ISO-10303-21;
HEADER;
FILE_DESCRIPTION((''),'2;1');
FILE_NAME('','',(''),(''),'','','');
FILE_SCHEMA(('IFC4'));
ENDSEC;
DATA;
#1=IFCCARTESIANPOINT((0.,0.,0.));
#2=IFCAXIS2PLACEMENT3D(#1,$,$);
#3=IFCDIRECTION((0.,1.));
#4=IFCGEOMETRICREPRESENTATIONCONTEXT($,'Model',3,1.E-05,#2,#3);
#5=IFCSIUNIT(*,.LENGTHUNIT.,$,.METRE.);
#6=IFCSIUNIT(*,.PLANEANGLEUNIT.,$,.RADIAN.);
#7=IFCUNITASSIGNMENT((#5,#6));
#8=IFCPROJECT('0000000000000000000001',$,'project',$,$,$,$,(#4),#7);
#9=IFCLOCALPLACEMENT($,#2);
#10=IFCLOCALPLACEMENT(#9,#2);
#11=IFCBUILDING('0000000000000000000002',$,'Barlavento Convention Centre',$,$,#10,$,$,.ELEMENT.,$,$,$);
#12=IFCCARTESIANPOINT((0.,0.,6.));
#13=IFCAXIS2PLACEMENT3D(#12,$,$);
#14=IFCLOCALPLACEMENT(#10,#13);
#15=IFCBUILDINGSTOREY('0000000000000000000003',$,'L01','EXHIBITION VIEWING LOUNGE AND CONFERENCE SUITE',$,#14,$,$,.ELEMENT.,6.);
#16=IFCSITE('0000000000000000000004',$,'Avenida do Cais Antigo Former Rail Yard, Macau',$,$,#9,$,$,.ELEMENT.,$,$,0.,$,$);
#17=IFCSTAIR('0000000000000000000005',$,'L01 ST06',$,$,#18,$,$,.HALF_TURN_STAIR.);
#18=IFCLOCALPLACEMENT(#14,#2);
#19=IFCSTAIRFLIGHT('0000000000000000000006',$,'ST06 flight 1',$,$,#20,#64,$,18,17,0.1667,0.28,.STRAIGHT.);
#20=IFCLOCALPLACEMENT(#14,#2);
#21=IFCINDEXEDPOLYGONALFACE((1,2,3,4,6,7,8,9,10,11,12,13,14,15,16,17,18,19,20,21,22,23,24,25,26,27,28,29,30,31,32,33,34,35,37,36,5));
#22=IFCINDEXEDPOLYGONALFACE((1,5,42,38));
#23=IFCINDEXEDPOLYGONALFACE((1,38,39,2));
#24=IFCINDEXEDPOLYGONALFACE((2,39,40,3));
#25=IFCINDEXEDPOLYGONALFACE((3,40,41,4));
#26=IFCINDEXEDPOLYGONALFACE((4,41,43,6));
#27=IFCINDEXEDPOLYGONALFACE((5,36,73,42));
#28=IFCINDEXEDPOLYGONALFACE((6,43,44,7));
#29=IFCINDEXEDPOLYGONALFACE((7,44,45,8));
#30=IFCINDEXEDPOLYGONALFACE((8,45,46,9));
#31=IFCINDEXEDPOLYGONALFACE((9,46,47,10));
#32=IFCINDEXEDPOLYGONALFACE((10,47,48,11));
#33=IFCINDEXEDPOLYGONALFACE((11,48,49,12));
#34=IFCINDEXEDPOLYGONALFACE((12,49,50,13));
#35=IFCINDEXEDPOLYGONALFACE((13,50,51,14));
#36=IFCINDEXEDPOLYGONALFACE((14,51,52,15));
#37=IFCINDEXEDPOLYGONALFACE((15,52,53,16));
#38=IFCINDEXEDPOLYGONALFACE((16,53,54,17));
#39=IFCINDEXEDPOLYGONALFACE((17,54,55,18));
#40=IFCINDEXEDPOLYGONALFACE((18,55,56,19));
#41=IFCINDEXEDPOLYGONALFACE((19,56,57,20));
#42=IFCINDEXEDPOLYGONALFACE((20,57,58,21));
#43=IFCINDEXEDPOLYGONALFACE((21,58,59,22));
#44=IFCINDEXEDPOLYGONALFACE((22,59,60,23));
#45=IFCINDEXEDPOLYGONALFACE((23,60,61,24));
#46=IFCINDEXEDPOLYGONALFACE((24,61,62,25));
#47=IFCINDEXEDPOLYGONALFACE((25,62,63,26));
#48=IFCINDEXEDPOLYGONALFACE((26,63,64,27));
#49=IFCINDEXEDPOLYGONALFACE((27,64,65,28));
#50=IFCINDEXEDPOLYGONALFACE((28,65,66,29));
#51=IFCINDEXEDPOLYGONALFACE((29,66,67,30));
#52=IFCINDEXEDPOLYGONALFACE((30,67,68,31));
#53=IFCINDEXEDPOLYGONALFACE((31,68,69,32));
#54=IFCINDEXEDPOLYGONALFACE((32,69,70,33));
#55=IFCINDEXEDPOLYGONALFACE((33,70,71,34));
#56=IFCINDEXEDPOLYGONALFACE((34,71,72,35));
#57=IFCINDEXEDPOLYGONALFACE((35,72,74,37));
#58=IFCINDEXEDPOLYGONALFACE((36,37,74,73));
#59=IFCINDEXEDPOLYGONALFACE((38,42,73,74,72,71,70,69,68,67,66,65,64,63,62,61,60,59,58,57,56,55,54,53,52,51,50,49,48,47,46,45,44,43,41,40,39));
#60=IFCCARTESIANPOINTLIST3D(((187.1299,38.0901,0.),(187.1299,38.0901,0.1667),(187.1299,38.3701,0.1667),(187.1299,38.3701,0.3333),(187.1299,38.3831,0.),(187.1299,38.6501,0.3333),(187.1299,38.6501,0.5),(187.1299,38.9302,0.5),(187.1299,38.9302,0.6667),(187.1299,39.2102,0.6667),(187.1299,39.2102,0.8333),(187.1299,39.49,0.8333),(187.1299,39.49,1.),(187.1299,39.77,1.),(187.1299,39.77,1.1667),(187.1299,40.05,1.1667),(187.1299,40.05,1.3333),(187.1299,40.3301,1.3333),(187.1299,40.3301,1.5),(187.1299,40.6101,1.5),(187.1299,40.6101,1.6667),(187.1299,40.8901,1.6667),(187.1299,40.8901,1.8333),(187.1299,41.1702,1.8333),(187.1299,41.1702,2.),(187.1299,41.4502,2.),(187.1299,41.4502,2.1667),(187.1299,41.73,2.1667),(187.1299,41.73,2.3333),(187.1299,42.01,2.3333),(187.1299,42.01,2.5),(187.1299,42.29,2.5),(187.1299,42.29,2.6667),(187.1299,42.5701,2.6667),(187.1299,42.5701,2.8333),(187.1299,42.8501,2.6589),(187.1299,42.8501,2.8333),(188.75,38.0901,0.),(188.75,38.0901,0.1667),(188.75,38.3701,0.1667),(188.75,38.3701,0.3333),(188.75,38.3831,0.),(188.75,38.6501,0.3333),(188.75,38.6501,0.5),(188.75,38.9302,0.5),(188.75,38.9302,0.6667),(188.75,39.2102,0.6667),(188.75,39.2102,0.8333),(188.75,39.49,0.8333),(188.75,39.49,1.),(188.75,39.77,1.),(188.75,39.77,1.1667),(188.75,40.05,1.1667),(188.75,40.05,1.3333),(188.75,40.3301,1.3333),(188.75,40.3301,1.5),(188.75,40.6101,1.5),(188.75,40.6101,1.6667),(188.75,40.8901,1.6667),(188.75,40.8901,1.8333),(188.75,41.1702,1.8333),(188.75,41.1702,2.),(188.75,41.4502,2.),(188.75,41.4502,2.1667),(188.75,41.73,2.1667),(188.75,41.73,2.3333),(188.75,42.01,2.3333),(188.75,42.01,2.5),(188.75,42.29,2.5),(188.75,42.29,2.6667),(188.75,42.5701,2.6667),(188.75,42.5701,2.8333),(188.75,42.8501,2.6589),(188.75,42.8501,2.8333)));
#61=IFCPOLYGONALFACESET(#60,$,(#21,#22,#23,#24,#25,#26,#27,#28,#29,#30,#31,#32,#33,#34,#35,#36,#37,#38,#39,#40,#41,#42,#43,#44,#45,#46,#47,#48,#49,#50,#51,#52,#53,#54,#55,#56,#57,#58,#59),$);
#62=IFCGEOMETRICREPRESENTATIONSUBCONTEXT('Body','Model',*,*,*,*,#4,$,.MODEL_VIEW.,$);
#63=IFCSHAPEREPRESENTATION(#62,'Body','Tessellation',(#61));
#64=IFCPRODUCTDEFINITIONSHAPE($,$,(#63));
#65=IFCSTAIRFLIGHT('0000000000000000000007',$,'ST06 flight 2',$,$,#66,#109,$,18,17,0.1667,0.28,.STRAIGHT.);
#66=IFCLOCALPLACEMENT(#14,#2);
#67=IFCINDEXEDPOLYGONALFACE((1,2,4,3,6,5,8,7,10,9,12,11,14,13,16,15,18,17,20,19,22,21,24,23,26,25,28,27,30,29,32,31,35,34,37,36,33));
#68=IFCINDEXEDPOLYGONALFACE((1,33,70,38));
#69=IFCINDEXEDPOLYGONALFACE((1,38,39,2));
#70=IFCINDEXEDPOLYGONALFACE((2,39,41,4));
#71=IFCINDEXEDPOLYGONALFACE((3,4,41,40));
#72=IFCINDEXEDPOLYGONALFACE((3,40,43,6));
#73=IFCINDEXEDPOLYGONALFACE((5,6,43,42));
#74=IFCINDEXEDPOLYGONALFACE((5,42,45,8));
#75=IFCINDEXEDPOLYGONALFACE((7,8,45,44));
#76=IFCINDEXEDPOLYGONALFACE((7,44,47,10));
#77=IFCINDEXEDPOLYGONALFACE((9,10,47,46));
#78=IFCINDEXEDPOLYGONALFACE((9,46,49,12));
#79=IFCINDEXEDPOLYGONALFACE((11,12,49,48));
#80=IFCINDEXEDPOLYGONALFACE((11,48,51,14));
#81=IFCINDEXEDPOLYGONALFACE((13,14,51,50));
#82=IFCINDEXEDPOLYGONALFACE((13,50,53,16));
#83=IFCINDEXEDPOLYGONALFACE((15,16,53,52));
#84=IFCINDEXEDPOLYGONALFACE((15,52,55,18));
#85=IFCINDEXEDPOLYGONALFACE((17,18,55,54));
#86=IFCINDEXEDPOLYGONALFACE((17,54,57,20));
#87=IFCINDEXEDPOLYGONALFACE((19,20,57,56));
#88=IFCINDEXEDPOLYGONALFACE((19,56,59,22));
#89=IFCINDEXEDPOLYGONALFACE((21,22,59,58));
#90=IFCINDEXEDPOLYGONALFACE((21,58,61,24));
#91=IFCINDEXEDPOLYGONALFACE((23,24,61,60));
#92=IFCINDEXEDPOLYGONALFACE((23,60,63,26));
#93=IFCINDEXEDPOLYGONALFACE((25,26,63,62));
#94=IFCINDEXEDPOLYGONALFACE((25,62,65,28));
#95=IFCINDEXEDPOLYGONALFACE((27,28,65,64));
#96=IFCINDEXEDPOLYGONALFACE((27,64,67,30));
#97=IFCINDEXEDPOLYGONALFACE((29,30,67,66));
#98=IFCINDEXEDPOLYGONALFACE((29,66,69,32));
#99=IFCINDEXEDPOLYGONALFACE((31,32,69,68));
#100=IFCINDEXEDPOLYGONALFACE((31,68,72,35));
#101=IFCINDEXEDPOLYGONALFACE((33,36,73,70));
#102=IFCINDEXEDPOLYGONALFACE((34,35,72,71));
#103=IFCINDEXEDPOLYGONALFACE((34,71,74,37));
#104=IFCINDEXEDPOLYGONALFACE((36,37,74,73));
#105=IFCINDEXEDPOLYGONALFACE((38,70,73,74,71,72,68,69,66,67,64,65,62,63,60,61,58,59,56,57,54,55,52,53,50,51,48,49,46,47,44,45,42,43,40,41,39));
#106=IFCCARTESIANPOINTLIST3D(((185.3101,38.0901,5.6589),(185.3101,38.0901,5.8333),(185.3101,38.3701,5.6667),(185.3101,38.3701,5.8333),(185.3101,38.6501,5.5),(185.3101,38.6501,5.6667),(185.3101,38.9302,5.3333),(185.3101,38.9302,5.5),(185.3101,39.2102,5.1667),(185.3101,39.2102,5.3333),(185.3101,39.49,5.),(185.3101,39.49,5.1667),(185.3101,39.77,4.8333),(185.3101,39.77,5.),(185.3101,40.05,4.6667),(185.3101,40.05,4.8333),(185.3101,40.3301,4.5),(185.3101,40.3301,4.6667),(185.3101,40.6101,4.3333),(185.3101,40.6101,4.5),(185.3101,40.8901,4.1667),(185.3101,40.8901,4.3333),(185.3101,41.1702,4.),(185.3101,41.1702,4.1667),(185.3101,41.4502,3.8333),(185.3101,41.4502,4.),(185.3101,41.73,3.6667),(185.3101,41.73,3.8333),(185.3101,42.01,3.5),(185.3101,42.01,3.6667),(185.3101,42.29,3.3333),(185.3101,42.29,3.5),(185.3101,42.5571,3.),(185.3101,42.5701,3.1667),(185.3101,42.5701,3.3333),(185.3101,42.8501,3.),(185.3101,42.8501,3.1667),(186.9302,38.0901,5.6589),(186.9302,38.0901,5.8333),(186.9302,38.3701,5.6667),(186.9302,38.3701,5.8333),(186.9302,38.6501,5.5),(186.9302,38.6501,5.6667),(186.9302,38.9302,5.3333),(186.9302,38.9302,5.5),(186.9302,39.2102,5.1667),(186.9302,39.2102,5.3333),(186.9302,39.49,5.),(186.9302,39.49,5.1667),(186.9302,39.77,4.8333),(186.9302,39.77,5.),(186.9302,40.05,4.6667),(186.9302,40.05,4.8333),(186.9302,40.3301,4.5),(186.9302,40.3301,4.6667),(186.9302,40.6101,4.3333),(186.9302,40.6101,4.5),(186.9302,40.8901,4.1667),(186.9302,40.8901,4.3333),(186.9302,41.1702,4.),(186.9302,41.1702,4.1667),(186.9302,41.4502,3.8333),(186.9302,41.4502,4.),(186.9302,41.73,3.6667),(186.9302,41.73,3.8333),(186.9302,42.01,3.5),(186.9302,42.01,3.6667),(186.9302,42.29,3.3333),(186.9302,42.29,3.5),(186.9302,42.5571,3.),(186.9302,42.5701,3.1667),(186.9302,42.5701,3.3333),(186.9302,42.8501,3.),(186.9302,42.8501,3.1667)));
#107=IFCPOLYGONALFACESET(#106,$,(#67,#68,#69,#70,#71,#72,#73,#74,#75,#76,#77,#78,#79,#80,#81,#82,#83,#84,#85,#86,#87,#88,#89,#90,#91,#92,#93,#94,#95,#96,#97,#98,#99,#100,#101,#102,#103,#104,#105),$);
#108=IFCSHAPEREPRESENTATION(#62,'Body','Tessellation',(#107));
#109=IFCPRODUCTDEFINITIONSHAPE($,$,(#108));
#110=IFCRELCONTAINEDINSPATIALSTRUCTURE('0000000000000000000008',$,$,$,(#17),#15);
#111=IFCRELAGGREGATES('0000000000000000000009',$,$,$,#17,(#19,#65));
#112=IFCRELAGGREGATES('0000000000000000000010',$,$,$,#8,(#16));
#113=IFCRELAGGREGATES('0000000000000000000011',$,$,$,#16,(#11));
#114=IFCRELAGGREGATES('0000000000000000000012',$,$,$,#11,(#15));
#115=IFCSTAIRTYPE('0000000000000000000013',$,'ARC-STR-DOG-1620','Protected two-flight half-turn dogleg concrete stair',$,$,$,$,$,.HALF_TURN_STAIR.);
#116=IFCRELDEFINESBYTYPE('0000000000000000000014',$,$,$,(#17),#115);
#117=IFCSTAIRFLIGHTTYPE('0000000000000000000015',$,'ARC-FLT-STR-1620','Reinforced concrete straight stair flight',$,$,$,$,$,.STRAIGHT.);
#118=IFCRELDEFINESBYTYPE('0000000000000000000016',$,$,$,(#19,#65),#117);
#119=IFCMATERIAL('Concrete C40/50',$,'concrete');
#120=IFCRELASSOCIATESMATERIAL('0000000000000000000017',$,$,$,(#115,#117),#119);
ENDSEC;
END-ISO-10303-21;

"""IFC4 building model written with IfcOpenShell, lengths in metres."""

from ifc_helpers import new_model, si_unit, direction, frame, origin, place, context, subcontext, project, spatial, polyline, outline, extrude, material, type_object, element, aggregate, save


model = new_model("IFC4")

# Units and contexts
model_context = context("Model", 3, precision=1e-05, world=origin(), true_north=direction((0.0, 1.0)))
body_context = subcontext(model_context, "Body", "Model", "MODEL_VIEW")
ifc_project = project(units=[si_unit("LENGTHUNIT", "METRE"), si_unit("PLANEANGLEUNIT", "RADIAN")], contexts=[model_context])

# Site, building, storey
site_placement = place(None, origin())
site = spatial("IfcSite", under=ifc_project, at=site_placement, Name="Avenida do Cais Antigo Former Rail Yard, Macau", CompositionType="ELEMENT", RefElevation=0.0)
building_placement = place(site_placement, origin())
building = spatial("IfcBuilding", under=site, at=building_placement, Name="Barlavento Convention Centre", CompositionType="ELEMENT")
storey_placement = place(building_placement, frame((0.0, 0.0, 6.0)))
storey = spatial("IfcBuildingStorey", under=building, at=storey_placement, Name="L01", Description="EXHIBITION VIEWING LOUNGE AND CONFERENCE SUITE", CompositionType="ELEMENT", Elevation=6.0)

# Stair, stair flights
ifc_material_1 = material(Name="Concrete C40/50", Category="concrete")
stair_type = type_object("IfcStairType", Name="ARC-STR-DOG-1620", Description="Protected two-flight half-turn dogleg concrete stair", PredefinedType="HALF_TURN_STAIR", material=ifc_material_1)
stair_placement = place(storey_placement, origin())
stair = element("IfcStair", 1, at=stair_placement, inside=storey, type_object=stair_type, Name="L01 ST06", PredefinedType="HALF_TURN_STAIR")
stair_flight_type = type_object("IfcStairFlightType", Name="ARC-FLT-STR-1620", Description="Reinforced concrete straight stair flight", PredefinedType="STRAIGHT", material=ifc_material_1)
stair_flight_1_placement = place(storey_placement, frame((187.9399, 38.0901, 0.0), z_axis=(0.0, 0.0, 1.0), x_axis=(0.0, 1.0, 0.0)))
stair_flight_1 = element("IfcStairFlight", 2, at=stair_flight_1_placement, type_object=stair_flight_type, Name="ST06 flight 1", NumberOfRisers=18, NumberOfTreads=17, PredefinedType="STRAIGHT", RiserHeight=0.1667, TreadLength=0.28, context=body_context, shape_type="SweptSolid", body=[
    extrude(outline(polyline([(0.0, 0.0), (0.0, 0.1667), (0.28, 0.1667), (0.28, 0.3333), (0.5601, 0.3333), (0.5601, 0.5), (0.8401, 0.5), (0.8401, 0.6667), (1.1201, 0.6667), (1.1201, 0.8333), (1.3999, 0.8333), (1.3999, 1.0), (1.6799, 1.0), (1.6799, 1.1667), (1.96, 1.1667), (1.96, 1.3333), (2.24, 1.3333), (2.24, 1.5), (2.52, 1.5), (2.52, 1.6667), (2.8, 1.6667), (2.8, 1.8333), (3.0801, 1.8333), (3.0801, 2.0), (3.3601, 2.0), (3.3601, 2.1667), (3.6399, 2.1667), (3.6399, 2.3333), (3.9199, 2.3333), (3.9199, 2.5), (4.2, 2.5), (4.2, 2.6667), (4.48, 2.6667), (4.48, 2.8333), (4.76, 2.8333), (4.76, 3.0), (4.76, 2.6589), (0.293, 0.0), (0.0, 0.0)])), frame((0.0, 0.8101, 0.0), z_axis=(0.0, -1.0, 0.0), x_axis=(1.0, 0.0, 0.0)), (0.0, 0.0, 1.0), 1.6201),
])
stair_flight_2_placement = place(storey_placement, frame((186.1201, 42.8501, 3.0), z_axis=(0.0, 0.0, 1.0), x_axis=(0.0, -1.0, 0.0)))
stair_flight_2 = element("IfcStairFlight", 3, at=stair_flight_2_placement, type_object=stair_flight_type, Name="ST06 flight 2", NumberOfRisers=18, NumberOfTreads=17, PredefinedType="STRAIGHT", RiserHeight=0.1667, TreadLength=0.28, context=body_context, shape_type="SweptSolid", body=[
    extrude(outline(polyline([(0.0, 0.0), (0.0, 0.1667), (0.28, 0.1667), (0.28, 0.3333), (0.5601, 0.3333), (0.5601, 0.5), (0.8401, 0.5), (0.8401, 0.6667), (1.1201, 0.6667), (1.1201, 0.8333), (1.3999, 0.8333), (1.3999, 1.0), (1.6799, 1.0), (1.6799, 1.1667), (1.96, 1.1667), (1.96, 1.3333), (2.24, 1.3333), (2.24, 1.5), (2.52, 1.5), (2.52, 1.6667), (2.8, 1.6667), (2.8, 1.8333), (3.0801, 1.8333), (3.0801, 2.0), (3.3601, 2.0), (3.3601, 2.1667), (3.6399, 2.1667), (3.6399, 2.3333), (3.9199, 2.3333), (3.9199, 2.5), (4.2, 2.5), (4.2, 2.6667), (4.48, 2.6667), (4.48, 2.8333), (4.76, 2.8333), (4.76, 3.0), (4.76, 2.6589), (0.293, 0.0), (0.0, 0.0)])), frame((0.0, 0.8101, 0.0), z_axis=(0.0, -1.0, 0.0), x_axis=(1.0, 0.0, 0.0)), (0.0, 0.0, 1.0), 1.6201),
])
aggregate(stair, [stair_flight_1, stair_flight_2])

save(model, "model.ifc")
